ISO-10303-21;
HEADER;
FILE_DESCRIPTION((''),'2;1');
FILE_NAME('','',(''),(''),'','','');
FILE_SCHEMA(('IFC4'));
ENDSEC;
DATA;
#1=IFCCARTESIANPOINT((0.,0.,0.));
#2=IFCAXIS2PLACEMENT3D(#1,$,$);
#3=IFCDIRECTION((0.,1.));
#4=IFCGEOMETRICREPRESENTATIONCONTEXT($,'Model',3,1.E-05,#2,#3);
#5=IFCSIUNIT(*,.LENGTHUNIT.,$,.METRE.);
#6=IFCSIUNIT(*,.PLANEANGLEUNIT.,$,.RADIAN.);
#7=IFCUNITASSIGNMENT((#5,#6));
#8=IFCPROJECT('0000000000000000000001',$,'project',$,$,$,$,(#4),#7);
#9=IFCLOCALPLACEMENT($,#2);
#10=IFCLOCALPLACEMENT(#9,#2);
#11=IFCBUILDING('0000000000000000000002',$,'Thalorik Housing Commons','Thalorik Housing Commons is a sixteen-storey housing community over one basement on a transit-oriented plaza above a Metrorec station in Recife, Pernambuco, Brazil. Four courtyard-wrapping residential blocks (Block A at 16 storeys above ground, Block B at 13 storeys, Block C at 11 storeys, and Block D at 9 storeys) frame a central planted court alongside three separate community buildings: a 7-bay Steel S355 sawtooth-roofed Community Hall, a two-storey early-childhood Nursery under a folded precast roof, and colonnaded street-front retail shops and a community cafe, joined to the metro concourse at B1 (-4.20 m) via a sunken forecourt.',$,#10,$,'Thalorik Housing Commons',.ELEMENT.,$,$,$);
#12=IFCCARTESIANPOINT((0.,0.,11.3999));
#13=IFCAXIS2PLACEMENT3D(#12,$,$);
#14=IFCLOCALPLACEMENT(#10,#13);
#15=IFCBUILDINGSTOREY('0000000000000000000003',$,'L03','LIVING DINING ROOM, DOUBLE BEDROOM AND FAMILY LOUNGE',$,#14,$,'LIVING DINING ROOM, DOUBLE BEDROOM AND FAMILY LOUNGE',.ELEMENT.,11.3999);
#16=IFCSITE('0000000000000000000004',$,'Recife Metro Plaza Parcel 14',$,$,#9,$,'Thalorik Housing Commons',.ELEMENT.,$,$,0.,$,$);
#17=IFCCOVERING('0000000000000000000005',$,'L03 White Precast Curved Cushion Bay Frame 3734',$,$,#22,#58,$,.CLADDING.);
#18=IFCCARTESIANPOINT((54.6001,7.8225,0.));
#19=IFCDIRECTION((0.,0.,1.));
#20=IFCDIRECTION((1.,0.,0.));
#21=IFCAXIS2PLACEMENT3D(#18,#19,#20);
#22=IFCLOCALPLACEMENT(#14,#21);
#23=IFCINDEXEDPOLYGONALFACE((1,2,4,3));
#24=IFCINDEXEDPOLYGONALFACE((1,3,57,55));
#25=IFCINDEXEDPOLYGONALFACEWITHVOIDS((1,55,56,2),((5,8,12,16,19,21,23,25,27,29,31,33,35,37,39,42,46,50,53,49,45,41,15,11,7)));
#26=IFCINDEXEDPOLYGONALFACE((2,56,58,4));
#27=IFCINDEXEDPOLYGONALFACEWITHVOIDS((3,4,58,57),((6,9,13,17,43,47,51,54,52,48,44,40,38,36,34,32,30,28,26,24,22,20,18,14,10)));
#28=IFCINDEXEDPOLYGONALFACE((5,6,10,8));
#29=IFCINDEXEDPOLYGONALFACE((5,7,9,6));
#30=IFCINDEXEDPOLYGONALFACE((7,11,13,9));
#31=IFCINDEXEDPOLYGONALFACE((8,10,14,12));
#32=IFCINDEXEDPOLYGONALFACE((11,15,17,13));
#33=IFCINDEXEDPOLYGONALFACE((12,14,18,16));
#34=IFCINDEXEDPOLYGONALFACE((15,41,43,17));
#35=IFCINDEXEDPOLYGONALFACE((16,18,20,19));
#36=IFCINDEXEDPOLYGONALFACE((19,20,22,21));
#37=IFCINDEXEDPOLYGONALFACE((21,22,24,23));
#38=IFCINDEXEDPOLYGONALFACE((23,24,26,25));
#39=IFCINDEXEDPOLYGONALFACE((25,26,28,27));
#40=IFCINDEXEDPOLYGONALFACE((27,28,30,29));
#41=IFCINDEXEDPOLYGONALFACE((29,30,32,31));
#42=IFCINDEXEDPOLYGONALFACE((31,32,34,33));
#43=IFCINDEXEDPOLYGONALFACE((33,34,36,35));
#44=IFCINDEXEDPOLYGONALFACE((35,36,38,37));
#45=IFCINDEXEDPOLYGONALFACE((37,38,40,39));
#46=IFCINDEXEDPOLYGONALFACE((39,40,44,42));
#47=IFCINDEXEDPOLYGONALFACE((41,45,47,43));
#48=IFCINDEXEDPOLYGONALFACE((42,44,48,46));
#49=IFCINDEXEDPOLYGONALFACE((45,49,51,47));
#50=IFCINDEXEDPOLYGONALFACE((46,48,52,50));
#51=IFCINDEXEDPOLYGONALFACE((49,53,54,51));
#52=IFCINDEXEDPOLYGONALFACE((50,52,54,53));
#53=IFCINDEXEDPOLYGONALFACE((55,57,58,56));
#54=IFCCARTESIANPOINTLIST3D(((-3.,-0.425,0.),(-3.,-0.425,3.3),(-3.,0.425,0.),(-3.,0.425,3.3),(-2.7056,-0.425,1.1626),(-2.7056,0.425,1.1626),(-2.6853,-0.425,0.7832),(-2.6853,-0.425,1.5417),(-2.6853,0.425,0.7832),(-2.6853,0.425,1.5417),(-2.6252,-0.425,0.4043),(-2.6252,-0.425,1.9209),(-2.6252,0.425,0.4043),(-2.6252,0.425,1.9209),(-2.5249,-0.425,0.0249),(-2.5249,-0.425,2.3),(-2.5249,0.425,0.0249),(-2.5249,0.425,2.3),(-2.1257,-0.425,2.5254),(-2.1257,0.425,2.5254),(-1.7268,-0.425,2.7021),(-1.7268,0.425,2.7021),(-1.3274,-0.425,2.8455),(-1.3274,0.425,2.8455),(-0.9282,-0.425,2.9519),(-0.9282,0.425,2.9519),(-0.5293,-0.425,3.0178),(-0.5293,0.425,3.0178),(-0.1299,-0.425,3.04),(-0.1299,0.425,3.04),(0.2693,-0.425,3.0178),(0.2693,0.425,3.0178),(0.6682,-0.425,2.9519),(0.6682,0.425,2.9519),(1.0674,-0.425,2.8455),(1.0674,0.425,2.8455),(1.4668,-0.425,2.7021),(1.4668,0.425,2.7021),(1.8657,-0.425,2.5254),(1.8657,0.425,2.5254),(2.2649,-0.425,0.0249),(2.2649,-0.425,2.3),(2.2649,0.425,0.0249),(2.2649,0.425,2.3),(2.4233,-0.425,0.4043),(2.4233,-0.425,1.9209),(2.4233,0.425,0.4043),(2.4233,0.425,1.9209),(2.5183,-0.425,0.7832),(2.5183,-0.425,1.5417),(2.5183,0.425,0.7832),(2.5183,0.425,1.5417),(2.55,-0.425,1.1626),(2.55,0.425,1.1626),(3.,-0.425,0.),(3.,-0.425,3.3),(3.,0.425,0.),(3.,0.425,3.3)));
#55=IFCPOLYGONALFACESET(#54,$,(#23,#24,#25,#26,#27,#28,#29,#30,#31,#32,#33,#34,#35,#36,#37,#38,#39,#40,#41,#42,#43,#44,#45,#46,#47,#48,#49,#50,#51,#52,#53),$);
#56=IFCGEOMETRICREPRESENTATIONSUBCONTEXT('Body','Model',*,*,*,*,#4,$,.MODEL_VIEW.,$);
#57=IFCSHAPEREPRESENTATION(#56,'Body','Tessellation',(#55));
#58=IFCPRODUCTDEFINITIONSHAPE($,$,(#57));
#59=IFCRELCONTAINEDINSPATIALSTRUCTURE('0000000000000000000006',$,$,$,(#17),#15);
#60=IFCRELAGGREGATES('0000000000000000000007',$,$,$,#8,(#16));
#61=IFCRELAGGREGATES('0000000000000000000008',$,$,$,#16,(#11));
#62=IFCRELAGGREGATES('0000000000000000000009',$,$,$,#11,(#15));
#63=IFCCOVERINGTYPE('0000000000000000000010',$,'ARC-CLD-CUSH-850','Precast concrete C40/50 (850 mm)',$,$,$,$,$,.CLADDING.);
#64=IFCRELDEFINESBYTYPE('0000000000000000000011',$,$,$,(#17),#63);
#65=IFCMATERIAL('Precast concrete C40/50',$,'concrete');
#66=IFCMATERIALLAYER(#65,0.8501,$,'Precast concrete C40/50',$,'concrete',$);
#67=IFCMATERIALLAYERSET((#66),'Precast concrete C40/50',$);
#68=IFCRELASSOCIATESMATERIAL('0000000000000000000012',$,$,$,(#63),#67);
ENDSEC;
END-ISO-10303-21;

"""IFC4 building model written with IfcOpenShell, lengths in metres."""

from ifc_helpers import new_model, si_unit, direction, frame, origin, place, context, subcontext, project, spatial, polyline, outline, extrude, material, layer, layer_set, type_object, element, save


model = new_model("IFC4")

# Units and contexts
model_context = context("Model", 3, precision=1e-05, world=origin(), true_north=direction((0.0, 1.0)))
body_context = subcontext(model_context, "Body", "Model", "MODEL_VIEW")
ifc_project = project(units=[si_unit("LENGTHUNIT", "METRE"), si_unit("PLANEANGLEUNIT", "RADIAN")], contexts=[model_context])

# Site, building, storey
site_placement = place(None, origin())
site = spatial("IfcSite", under=ifc_project, at=site_placement, Name="Recife Metro Plaza Parcel 14", LongName="Thalorik Housing Commons", CompositionType="ELEMENT", RefElevation=0.0)
building_placement = place(site_placement, origin())
building = spatial("IfcBuilding", under=site, at=building_placement, Name="Thalorik Housing Commons", Description="Thalorik Housing Commons is a sixteen-storey housing community over one basement on a transit-oriented plaza above a Metrorec station in Recife, Pernambuco, Brazil. Four courtyard-wrapping residential blocks (Block A at 16 storeys above ground, Block B at 13 storeys, Block C at 11 storeys, and Block D at 9 storeys) frame a central planted court alongside three separate community buildings: a 7-bay Steel S355 sawtooth-roofed Community Hall, a two-storey early-childhood Nursery under a folded precast roof, and colonnaded street-front retail shops and a community cafe, joined to the metro concourse at B1 (-4.20 m) via a sunken forecourt.", LongName="Thalorik Housing Commons", CompositionType="ELEMENT")
storey_placement = place(building_placement, frame((0.0, 0.0, 11.3999)))
storey = spatial("IfcBuildingStorey", under=building, at=storey_placement, Name="L03", Description="LIVING DINING ROOM, DOUBLE BEDROOM AND FAMILY LOUNGE", LongName="LIVING DINING ROOM, DOUBLE BEDROOM AND FAMILY LOUNGE", CompositionType="ELEMENT", Elevation=11.3999)

# Shared definitions
ifc_material_1 = material(Name="Precast concrete C40/50", Category="concrete")

# Covering
ifc_layer_1 = layer(ifc_material_1, 0.8501, Name="Precast concrete C40/50", Category="concrete")
ifc_layer_set_1 = layer_set([ifc_layer_1], Name="Precast concrete C40/50")
covering_type_1 = type_object("IfcCoveringType", Name="ARC-CLD-CUSH-850", Description="Precast concrete C40/50 (850 mm)", PredefinedType="CLADDING", material=ifc_layer_set_1)
covering_1_placement = place(storey_placement, frame((54.6001, 7.8225, 0.0), z_axis=(0.0, 0.0, 1.0), x_axis=(1.0, 0.0, 0.0)))
element("IfcCovering", 1, at=covering_1_placement, inside=storey, type_object=covering_type_1, Name="L03 White Precast Curved Cushion Bay Frame 3734", PredefinedType="CLADDING", context=body_context, shape_type="SweptSolid", body=[
    extrude(outline(polyline([(-3.0, 0.0), (3.0, 0.0), (3.0, 3.3), (-3.0, 3.3), (-3.0, 0.0)]), holes=[polyline([(2.2649, 0.0249), (2.4233, 0.4043), (2.5183, 0.7832), (2.55, 1.1626), (2.5183, 1.5417), (2.4233, 1.9209), (2.2649, 2.3), (1.8657, 2.5254), (1.4668, 2.7021), (1.0674, 2.8455), (0.6682, 2.9519), (0.2693, 3.0178), (-0.1299, 3.04), (-0.5293, 3.0178), (-0.9282, 2.9519), (-1.3274, 2.8455), (-1.7268, 2.7021), (-2.1257, 2.5254), (-2.5249, 2.3), (-2.6252, 1.9209), (-2.6853, 1.5417), (-2.7056, 1.1626), (-2.6853, 0.7832), (-2.6252, 0.4043), (-2.5249, 0.0249), (2.2649, 0.0249)])]), frame((0.0, 0.425, 0.0), z_axis=(0.0, -1.0, 0.0), x_axis=(1.0, 0.0, 0.0)), (0.0, 0.0, 1.0), 0.8501),
])

save(model, "model.ifc")
